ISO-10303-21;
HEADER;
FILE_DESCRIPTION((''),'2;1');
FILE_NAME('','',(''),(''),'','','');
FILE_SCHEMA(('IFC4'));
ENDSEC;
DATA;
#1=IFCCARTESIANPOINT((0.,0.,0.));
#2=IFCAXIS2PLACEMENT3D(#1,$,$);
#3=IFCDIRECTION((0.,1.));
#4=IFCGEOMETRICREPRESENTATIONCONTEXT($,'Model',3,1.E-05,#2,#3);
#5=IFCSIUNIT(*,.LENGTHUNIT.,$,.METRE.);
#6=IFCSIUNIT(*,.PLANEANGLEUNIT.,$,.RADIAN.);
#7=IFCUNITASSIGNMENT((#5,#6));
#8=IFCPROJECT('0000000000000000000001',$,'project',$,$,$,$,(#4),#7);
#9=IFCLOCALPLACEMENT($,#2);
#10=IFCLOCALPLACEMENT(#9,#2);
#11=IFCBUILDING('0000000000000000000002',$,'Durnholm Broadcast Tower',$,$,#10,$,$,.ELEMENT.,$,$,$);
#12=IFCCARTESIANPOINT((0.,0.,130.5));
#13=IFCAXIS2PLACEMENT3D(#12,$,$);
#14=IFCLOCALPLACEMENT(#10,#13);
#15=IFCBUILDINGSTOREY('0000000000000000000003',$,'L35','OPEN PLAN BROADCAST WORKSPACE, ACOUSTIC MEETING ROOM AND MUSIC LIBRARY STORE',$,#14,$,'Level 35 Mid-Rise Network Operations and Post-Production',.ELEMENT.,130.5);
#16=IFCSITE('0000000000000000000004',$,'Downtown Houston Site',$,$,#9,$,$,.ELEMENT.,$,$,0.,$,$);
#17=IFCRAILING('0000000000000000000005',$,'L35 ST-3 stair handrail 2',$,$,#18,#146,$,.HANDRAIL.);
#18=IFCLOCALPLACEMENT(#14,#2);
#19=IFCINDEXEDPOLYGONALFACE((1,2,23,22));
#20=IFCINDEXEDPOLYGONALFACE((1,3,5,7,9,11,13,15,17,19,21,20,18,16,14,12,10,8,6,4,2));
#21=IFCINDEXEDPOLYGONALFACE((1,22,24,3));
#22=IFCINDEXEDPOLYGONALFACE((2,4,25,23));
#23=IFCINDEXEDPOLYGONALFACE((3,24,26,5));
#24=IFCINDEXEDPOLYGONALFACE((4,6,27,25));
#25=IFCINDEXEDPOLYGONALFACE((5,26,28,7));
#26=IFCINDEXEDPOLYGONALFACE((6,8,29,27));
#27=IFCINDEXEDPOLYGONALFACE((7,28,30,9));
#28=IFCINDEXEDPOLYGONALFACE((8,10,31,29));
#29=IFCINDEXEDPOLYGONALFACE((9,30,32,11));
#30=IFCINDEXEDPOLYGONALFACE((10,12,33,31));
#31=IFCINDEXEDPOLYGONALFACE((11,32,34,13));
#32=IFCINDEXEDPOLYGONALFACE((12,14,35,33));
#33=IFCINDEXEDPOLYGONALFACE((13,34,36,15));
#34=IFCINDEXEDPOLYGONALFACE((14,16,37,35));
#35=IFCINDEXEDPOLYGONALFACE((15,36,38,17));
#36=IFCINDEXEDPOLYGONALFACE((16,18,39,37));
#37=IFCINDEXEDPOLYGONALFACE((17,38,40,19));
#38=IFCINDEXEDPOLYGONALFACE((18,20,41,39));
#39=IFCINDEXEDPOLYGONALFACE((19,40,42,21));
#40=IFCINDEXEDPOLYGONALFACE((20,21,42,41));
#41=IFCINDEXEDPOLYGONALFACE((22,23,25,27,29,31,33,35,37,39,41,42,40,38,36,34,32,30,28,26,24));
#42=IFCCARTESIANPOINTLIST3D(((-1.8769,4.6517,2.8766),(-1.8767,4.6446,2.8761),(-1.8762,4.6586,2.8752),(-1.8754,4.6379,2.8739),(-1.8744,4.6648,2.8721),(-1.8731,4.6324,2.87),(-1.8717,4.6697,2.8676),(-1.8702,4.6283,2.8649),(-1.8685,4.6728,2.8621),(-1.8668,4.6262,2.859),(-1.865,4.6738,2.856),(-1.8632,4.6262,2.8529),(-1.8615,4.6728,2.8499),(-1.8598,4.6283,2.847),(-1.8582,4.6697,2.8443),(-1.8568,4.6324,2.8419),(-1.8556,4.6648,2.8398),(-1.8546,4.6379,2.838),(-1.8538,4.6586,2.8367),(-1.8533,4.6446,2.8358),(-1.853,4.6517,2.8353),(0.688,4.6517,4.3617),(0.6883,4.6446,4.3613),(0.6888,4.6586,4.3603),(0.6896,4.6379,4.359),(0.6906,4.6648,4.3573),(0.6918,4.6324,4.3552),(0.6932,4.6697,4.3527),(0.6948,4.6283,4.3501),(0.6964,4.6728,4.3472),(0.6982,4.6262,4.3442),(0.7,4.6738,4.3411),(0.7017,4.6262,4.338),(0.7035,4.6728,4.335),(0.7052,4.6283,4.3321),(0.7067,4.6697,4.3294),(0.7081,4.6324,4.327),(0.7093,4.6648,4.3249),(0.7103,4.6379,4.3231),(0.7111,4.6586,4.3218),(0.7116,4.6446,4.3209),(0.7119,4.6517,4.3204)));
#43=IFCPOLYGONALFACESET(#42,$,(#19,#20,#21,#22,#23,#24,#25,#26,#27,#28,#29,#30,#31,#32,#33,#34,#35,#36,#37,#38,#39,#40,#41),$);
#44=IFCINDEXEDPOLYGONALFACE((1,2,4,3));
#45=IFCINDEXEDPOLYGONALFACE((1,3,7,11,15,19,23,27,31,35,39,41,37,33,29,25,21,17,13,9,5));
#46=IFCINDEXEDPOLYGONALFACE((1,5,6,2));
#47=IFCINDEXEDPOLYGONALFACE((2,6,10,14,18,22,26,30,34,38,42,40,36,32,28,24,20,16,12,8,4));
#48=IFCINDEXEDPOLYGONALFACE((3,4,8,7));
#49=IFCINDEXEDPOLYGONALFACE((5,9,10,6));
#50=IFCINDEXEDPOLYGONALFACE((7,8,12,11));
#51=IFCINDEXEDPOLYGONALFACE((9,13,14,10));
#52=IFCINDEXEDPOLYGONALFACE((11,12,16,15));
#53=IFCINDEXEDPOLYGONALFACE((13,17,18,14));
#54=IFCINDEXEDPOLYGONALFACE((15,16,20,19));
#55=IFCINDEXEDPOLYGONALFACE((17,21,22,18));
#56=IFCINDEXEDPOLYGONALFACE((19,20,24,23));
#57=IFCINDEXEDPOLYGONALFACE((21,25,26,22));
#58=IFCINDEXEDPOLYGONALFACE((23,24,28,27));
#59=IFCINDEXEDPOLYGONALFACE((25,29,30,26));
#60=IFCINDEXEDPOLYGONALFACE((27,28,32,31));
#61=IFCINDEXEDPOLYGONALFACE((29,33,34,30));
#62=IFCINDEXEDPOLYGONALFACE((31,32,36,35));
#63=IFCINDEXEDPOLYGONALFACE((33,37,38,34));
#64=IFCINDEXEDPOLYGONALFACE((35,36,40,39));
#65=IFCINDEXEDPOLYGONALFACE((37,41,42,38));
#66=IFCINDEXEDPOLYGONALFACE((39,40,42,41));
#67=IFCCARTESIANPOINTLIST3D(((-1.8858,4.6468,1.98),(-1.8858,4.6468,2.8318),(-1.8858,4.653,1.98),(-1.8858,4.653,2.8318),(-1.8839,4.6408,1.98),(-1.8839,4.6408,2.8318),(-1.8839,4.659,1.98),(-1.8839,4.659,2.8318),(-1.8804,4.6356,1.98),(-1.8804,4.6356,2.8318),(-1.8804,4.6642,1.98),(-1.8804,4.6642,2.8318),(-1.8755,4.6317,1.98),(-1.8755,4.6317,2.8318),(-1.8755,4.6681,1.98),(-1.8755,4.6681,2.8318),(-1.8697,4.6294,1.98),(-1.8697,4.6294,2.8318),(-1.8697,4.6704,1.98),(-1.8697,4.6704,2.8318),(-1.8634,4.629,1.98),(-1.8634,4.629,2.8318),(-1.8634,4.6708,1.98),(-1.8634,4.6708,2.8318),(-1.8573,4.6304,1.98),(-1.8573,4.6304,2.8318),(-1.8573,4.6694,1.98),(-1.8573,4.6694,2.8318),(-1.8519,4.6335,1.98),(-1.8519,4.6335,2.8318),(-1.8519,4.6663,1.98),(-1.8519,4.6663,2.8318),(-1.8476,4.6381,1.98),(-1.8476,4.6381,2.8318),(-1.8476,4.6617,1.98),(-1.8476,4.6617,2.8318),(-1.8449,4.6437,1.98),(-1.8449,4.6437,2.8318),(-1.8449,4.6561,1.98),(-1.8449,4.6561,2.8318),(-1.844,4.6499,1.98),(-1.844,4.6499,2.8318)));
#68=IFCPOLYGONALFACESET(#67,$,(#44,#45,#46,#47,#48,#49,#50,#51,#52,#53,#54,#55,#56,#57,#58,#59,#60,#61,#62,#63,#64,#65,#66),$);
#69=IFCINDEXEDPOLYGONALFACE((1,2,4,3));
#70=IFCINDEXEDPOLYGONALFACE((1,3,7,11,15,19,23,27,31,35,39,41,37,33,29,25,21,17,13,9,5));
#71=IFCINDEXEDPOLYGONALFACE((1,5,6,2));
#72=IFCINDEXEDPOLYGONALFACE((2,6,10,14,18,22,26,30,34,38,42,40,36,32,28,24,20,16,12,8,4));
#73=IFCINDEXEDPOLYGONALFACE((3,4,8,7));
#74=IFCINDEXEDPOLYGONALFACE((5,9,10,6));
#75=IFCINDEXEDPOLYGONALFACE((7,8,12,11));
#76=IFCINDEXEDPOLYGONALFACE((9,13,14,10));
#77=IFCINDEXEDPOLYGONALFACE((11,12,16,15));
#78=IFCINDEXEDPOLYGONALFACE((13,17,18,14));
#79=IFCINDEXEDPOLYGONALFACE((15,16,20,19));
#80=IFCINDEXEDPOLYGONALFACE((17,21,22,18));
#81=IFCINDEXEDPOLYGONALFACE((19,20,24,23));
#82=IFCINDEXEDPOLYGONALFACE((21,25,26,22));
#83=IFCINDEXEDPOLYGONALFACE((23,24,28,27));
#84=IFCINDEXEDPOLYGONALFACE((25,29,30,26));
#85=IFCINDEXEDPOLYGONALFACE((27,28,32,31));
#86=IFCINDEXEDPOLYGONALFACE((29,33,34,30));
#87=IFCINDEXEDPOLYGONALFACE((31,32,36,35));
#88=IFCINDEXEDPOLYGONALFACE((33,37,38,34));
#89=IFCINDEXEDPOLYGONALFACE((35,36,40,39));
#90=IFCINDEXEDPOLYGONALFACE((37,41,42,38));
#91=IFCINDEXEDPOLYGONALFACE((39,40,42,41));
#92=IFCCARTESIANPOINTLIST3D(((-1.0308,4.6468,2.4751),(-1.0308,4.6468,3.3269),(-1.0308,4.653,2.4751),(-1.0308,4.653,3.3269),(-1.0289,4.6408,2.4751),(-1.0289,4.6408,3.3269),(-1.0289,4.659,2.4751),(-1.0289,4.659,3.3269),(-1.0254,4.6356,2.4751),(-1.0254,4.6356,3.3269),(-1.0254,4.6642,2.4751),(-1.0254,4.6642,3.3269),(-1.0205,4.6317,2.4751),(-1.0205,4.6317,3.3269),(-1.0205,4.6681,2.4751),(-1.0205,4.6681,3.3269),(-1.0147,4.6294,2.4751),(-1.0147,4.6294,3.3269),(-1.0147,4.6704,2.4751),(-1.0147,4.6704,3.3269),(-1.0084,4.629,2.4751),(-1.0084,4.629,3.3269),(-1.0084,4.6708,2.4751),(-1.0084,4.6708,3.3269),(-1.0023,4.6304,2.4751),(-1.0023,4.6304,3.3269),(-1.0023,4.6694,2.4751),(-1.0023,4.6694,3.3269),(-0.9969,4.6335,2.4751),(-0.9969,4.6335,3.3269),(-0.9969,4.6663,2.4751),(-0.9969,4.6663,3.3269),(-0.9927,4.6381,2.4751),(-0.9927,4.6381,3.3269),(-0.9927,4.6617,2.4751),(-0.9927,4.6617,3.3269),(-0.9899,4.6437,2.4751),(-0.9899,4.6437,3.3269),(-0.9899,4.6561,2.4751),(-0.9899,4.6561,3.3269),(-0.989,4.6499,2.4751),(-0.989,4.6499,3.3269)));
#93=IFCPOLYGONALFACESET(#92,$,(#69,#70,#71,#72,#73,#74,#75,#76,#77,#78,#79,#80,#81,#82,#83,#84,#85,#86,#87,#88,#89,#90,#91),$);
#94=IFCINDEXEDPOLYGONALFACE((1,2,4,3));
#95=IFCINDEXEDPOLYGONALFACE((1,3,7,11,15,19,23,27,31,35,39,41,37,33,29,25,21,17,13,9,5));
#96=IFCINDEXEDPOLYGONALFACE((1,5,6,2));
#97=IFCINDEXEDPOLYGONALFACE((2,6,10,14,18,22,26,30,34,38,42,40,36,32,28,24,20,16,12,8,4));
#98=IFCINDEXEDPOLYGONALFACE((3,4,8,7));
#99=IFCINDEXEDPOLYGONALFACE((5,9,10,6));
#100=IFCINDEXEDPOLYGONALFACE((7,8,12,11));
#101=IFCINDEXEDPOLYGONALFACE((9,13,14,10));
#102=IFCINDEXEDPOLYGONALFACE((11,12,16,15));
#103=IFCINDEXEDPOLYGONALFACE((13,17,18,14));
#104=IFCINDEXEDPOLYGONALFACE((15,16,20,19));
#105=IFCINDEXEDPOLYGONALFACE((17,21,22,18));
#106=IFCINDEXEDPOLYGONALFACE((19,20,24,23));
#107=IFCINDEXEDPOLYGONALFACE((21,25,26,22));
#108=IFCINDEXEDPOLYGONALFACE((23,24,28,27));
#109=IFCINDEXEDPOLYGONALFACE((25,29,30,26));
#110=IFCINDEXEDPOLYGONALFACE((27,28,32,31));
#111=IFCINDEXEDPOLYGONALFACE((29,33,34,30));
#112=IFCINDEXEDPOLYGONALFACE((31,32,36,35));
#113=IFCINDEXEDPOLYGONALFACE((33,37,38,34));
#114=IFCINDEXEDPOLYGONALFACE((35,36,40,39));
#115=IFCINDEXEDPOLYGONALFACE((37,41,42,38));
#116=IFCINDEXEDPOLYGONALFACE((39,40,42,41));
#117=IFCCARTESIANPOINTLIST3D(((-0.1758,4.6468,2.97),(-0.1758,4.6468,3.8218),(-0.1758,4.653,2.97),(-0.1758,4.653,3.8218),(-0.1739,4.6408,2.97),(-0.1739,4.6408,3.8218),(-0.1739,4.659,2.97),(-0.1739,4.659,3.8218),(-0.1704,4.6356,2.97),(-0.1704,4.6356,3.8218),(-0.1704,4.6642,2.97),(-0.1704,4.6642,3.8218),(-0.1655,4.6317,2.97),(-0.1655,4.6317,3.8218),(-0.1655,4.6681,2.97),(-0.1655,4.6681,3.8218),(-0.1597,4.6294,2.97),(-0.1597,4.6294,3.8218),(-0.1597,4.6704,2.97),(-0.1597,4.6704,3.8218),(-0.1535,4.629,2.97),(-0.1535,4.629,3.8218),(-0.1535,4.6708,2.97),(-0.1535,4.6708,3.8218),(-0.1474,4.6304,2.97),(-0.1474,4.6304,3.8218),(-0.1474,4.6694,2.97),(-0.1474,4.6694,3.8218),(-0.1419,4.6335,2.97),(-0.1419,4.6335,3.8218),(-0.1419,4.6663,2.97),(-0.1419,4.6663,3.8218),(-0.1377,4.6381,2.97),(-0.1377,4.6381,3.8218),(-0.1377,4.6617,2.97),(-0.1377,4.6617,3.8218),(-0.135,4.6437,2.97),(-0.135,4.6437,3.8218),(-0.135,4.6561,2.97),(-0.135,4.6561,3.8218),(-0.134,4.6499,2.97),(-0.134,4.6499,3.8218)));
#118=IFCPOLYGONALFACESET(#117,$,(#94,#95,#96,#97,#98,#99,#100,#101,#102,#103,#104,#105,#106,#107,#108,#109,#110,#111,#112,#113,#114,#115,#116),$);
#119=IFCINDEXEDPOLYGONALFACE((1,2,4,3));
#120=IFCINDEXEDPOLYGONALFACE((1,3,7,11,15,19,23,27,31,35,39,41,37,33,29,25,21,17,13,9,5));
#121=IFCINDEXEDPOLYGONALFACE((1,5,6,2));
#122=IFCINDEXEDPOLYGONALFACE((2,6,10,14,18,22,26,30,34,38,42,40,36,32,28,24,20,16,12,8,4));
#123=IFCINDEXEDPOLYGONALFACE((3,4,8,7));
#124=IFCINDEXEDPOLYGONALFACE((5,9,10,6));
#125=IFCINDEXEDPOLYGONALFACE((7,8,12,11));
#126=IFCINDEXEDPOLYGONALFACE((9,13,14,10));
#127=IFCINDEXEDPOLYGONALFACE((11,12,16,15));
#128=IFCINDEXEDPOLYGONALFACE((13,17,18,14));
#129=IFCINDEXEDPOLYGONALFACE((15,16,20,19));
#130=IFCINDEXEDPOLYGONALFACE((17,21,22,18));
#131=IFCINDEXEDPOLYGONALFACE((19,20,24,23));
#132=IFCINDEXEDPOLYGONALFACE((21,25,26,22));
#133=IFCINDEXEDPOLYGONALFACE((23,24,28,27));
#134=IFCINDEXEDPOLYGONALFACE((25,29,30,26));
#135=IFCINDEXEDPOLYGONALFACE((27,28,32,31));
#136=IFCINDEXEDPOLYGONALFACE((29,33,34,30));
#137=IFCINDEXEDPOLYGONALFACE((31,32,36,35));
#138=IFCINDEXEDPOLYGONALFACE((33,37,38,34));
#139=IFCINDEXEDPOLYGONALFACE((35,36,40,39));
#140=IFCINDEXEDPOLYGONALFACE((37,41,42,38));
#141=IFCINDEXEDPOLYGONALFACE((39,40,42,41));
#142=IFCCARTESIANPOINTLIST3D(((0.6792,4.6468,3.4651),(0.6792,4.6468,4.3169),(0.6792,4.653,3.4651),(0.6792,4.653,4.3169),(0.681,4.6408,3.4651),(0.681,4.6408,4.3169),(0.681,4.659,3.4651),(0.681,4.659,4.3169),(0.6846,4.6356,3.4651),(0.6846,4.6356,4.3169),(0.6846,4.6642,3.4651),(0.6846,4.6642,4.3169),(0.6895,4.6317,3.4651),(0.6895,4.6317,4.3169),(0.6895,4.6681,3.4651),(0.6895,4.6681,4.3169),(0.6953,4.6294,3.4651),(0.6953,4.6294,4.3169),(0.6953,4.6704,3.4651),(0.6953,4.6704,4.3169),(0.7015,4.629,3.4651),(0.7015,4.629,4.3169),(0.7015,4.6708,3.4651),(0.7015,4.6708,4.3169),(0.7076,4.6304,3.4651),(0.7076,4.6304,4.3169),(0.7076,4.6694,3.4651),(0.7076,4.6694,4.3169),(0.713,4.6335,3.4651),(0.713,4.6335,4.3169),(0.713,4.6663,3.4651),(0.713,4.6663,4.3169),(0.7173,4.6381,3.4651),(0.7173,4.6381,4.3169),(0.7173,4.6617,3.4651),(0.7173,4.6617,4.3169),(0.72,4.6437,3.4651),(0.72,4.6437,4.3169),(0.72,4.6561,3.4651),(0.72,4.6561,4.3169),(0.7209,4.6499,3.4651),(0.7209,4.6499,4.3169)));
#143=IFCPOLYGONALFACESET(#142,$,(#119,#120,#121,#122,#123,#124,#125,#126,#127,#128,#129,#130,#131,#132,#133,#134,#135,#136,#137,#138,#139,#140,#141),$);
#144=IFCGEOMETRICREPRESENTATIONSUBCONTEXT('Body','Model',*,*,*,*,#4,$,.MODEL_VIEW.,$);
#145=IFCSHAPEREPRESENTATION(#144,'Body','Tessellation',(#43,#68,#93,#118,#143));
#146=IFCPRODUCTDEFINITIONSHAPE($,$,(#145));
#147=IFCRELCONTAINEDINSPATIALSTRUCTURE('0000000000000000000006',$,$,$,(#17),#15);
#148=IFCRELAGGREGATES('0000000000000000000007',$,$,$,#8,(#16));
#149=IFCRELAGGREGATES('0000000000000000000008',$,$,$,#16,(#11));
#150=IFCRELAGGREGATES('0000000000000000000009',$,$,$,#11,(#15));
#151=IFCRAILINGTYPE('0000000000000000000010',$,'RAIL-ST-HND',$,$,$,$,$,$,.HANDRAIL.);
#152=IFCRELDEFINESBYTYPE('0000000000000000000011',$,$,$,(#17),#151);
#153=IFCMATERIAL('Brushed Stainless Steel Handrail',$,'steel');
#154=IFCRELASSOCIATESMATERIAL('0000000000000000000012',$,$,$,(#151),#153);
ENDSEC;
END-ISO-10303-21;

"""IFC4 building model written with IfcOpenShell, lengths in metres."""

from ifc_helpers import new_model, si_unit, direction, frame, origin, origin_2d, place, context, subcontext, project, spatial, circle, extrude, material, type_object, element, save


model = new_model("IFC4")

# Units and contexts
model_context = context("Model", 3, precision=1e-05, world=origin(), true_north=direction((0.0, 1.0)))
body_context = subcontext(model_context, "Body", "Model", "MODEL_VIEW")
ifc_project = project(units=[si_unit("LENGTHUNIT", "METRE"), si_unit("PLANEANGLEUNIT", "RADIAN")], contexts=[model_context])

# Site, building, storey
site_placement = place(None, origin())
site = spatial("IfcSite", under=ifc_project, at=site_placement, Name="Downtown Houston Site", CompositionType="ELEMENT", RefElevation=0.0)
building_placement = place(site_placement, origin())
building = spatial("IfcBuilding", under=site, at=building_placement, Name="Durnholm Broadcast Tower", CompositionType="ELEMENT")
storey_placement = place(building_placement, frame((0.0, 0.0, 130.5)))
storey = spatial("IfcBuildingStorey", under=building, at=storey_placement, Name="L35", Description="OPEN PLAN BROADCAST WORKSPACE, ACOUSTIC MEETING ROOM AND MUSIC LIBRARY STORE", LongName="Level 35 Mid-Rise Network Operations and Post-Production", CompositionType="ELEMENT", Elevation=130.5)

# Railing
ifc_material_1 = material(Name="Brushed Stainless Steel Handrail", Category="steel")
railing_type_1 = type_object("IfcRailingType", Name="RAIL-ST-HND", PredefinedType="HANDRAIL", material=ifc_material_1)
railing_1_placement = place(storey_placement, frame((-1.865, 4.6499, 1.98)))
element("IfcRailing", 1, at=railing_1_placement, inside=storey, type_object=railing_type_1, Name="L35 ST-3 stair handrail 2", PredefinedType="HANDRAIL", context=body_context, shape_type="SweptSolid", body=[
    extrude(circle(Radius=0.0239, at=origin_2d()), frame((0.0, 0.0, 0.876), z_axis=(0.865406, 0.0, 0.501072), x_axis=(0.0, 1.0, 0.0)), (0.0, 0.0, 1.0), 2.9639),
    extrude(circle(Radius=0.021, at=origin_2d()), origin(), (0.0, 0.0, 1.0), 0.8518),
    extrude(circle(Radius=0.021, at=origin_2d()), frame((0.855, 0.0, 0.4951)), (0.0, 0.0, 1.0), 0.8518),
    extrude(circle(Radius=0.021, at=origin_2d()), frame((1.71, 0.0, 0.99)), (0.0, 0.0, 1.0), 0.8518),
    extrude(circle(Radius=0.021, at=origin_2d()), frame((2.5649, 0.0, 1.4851)), (0.0, 0.0, 1.0), 0.8518),
])

save(model, "model.ifc")
